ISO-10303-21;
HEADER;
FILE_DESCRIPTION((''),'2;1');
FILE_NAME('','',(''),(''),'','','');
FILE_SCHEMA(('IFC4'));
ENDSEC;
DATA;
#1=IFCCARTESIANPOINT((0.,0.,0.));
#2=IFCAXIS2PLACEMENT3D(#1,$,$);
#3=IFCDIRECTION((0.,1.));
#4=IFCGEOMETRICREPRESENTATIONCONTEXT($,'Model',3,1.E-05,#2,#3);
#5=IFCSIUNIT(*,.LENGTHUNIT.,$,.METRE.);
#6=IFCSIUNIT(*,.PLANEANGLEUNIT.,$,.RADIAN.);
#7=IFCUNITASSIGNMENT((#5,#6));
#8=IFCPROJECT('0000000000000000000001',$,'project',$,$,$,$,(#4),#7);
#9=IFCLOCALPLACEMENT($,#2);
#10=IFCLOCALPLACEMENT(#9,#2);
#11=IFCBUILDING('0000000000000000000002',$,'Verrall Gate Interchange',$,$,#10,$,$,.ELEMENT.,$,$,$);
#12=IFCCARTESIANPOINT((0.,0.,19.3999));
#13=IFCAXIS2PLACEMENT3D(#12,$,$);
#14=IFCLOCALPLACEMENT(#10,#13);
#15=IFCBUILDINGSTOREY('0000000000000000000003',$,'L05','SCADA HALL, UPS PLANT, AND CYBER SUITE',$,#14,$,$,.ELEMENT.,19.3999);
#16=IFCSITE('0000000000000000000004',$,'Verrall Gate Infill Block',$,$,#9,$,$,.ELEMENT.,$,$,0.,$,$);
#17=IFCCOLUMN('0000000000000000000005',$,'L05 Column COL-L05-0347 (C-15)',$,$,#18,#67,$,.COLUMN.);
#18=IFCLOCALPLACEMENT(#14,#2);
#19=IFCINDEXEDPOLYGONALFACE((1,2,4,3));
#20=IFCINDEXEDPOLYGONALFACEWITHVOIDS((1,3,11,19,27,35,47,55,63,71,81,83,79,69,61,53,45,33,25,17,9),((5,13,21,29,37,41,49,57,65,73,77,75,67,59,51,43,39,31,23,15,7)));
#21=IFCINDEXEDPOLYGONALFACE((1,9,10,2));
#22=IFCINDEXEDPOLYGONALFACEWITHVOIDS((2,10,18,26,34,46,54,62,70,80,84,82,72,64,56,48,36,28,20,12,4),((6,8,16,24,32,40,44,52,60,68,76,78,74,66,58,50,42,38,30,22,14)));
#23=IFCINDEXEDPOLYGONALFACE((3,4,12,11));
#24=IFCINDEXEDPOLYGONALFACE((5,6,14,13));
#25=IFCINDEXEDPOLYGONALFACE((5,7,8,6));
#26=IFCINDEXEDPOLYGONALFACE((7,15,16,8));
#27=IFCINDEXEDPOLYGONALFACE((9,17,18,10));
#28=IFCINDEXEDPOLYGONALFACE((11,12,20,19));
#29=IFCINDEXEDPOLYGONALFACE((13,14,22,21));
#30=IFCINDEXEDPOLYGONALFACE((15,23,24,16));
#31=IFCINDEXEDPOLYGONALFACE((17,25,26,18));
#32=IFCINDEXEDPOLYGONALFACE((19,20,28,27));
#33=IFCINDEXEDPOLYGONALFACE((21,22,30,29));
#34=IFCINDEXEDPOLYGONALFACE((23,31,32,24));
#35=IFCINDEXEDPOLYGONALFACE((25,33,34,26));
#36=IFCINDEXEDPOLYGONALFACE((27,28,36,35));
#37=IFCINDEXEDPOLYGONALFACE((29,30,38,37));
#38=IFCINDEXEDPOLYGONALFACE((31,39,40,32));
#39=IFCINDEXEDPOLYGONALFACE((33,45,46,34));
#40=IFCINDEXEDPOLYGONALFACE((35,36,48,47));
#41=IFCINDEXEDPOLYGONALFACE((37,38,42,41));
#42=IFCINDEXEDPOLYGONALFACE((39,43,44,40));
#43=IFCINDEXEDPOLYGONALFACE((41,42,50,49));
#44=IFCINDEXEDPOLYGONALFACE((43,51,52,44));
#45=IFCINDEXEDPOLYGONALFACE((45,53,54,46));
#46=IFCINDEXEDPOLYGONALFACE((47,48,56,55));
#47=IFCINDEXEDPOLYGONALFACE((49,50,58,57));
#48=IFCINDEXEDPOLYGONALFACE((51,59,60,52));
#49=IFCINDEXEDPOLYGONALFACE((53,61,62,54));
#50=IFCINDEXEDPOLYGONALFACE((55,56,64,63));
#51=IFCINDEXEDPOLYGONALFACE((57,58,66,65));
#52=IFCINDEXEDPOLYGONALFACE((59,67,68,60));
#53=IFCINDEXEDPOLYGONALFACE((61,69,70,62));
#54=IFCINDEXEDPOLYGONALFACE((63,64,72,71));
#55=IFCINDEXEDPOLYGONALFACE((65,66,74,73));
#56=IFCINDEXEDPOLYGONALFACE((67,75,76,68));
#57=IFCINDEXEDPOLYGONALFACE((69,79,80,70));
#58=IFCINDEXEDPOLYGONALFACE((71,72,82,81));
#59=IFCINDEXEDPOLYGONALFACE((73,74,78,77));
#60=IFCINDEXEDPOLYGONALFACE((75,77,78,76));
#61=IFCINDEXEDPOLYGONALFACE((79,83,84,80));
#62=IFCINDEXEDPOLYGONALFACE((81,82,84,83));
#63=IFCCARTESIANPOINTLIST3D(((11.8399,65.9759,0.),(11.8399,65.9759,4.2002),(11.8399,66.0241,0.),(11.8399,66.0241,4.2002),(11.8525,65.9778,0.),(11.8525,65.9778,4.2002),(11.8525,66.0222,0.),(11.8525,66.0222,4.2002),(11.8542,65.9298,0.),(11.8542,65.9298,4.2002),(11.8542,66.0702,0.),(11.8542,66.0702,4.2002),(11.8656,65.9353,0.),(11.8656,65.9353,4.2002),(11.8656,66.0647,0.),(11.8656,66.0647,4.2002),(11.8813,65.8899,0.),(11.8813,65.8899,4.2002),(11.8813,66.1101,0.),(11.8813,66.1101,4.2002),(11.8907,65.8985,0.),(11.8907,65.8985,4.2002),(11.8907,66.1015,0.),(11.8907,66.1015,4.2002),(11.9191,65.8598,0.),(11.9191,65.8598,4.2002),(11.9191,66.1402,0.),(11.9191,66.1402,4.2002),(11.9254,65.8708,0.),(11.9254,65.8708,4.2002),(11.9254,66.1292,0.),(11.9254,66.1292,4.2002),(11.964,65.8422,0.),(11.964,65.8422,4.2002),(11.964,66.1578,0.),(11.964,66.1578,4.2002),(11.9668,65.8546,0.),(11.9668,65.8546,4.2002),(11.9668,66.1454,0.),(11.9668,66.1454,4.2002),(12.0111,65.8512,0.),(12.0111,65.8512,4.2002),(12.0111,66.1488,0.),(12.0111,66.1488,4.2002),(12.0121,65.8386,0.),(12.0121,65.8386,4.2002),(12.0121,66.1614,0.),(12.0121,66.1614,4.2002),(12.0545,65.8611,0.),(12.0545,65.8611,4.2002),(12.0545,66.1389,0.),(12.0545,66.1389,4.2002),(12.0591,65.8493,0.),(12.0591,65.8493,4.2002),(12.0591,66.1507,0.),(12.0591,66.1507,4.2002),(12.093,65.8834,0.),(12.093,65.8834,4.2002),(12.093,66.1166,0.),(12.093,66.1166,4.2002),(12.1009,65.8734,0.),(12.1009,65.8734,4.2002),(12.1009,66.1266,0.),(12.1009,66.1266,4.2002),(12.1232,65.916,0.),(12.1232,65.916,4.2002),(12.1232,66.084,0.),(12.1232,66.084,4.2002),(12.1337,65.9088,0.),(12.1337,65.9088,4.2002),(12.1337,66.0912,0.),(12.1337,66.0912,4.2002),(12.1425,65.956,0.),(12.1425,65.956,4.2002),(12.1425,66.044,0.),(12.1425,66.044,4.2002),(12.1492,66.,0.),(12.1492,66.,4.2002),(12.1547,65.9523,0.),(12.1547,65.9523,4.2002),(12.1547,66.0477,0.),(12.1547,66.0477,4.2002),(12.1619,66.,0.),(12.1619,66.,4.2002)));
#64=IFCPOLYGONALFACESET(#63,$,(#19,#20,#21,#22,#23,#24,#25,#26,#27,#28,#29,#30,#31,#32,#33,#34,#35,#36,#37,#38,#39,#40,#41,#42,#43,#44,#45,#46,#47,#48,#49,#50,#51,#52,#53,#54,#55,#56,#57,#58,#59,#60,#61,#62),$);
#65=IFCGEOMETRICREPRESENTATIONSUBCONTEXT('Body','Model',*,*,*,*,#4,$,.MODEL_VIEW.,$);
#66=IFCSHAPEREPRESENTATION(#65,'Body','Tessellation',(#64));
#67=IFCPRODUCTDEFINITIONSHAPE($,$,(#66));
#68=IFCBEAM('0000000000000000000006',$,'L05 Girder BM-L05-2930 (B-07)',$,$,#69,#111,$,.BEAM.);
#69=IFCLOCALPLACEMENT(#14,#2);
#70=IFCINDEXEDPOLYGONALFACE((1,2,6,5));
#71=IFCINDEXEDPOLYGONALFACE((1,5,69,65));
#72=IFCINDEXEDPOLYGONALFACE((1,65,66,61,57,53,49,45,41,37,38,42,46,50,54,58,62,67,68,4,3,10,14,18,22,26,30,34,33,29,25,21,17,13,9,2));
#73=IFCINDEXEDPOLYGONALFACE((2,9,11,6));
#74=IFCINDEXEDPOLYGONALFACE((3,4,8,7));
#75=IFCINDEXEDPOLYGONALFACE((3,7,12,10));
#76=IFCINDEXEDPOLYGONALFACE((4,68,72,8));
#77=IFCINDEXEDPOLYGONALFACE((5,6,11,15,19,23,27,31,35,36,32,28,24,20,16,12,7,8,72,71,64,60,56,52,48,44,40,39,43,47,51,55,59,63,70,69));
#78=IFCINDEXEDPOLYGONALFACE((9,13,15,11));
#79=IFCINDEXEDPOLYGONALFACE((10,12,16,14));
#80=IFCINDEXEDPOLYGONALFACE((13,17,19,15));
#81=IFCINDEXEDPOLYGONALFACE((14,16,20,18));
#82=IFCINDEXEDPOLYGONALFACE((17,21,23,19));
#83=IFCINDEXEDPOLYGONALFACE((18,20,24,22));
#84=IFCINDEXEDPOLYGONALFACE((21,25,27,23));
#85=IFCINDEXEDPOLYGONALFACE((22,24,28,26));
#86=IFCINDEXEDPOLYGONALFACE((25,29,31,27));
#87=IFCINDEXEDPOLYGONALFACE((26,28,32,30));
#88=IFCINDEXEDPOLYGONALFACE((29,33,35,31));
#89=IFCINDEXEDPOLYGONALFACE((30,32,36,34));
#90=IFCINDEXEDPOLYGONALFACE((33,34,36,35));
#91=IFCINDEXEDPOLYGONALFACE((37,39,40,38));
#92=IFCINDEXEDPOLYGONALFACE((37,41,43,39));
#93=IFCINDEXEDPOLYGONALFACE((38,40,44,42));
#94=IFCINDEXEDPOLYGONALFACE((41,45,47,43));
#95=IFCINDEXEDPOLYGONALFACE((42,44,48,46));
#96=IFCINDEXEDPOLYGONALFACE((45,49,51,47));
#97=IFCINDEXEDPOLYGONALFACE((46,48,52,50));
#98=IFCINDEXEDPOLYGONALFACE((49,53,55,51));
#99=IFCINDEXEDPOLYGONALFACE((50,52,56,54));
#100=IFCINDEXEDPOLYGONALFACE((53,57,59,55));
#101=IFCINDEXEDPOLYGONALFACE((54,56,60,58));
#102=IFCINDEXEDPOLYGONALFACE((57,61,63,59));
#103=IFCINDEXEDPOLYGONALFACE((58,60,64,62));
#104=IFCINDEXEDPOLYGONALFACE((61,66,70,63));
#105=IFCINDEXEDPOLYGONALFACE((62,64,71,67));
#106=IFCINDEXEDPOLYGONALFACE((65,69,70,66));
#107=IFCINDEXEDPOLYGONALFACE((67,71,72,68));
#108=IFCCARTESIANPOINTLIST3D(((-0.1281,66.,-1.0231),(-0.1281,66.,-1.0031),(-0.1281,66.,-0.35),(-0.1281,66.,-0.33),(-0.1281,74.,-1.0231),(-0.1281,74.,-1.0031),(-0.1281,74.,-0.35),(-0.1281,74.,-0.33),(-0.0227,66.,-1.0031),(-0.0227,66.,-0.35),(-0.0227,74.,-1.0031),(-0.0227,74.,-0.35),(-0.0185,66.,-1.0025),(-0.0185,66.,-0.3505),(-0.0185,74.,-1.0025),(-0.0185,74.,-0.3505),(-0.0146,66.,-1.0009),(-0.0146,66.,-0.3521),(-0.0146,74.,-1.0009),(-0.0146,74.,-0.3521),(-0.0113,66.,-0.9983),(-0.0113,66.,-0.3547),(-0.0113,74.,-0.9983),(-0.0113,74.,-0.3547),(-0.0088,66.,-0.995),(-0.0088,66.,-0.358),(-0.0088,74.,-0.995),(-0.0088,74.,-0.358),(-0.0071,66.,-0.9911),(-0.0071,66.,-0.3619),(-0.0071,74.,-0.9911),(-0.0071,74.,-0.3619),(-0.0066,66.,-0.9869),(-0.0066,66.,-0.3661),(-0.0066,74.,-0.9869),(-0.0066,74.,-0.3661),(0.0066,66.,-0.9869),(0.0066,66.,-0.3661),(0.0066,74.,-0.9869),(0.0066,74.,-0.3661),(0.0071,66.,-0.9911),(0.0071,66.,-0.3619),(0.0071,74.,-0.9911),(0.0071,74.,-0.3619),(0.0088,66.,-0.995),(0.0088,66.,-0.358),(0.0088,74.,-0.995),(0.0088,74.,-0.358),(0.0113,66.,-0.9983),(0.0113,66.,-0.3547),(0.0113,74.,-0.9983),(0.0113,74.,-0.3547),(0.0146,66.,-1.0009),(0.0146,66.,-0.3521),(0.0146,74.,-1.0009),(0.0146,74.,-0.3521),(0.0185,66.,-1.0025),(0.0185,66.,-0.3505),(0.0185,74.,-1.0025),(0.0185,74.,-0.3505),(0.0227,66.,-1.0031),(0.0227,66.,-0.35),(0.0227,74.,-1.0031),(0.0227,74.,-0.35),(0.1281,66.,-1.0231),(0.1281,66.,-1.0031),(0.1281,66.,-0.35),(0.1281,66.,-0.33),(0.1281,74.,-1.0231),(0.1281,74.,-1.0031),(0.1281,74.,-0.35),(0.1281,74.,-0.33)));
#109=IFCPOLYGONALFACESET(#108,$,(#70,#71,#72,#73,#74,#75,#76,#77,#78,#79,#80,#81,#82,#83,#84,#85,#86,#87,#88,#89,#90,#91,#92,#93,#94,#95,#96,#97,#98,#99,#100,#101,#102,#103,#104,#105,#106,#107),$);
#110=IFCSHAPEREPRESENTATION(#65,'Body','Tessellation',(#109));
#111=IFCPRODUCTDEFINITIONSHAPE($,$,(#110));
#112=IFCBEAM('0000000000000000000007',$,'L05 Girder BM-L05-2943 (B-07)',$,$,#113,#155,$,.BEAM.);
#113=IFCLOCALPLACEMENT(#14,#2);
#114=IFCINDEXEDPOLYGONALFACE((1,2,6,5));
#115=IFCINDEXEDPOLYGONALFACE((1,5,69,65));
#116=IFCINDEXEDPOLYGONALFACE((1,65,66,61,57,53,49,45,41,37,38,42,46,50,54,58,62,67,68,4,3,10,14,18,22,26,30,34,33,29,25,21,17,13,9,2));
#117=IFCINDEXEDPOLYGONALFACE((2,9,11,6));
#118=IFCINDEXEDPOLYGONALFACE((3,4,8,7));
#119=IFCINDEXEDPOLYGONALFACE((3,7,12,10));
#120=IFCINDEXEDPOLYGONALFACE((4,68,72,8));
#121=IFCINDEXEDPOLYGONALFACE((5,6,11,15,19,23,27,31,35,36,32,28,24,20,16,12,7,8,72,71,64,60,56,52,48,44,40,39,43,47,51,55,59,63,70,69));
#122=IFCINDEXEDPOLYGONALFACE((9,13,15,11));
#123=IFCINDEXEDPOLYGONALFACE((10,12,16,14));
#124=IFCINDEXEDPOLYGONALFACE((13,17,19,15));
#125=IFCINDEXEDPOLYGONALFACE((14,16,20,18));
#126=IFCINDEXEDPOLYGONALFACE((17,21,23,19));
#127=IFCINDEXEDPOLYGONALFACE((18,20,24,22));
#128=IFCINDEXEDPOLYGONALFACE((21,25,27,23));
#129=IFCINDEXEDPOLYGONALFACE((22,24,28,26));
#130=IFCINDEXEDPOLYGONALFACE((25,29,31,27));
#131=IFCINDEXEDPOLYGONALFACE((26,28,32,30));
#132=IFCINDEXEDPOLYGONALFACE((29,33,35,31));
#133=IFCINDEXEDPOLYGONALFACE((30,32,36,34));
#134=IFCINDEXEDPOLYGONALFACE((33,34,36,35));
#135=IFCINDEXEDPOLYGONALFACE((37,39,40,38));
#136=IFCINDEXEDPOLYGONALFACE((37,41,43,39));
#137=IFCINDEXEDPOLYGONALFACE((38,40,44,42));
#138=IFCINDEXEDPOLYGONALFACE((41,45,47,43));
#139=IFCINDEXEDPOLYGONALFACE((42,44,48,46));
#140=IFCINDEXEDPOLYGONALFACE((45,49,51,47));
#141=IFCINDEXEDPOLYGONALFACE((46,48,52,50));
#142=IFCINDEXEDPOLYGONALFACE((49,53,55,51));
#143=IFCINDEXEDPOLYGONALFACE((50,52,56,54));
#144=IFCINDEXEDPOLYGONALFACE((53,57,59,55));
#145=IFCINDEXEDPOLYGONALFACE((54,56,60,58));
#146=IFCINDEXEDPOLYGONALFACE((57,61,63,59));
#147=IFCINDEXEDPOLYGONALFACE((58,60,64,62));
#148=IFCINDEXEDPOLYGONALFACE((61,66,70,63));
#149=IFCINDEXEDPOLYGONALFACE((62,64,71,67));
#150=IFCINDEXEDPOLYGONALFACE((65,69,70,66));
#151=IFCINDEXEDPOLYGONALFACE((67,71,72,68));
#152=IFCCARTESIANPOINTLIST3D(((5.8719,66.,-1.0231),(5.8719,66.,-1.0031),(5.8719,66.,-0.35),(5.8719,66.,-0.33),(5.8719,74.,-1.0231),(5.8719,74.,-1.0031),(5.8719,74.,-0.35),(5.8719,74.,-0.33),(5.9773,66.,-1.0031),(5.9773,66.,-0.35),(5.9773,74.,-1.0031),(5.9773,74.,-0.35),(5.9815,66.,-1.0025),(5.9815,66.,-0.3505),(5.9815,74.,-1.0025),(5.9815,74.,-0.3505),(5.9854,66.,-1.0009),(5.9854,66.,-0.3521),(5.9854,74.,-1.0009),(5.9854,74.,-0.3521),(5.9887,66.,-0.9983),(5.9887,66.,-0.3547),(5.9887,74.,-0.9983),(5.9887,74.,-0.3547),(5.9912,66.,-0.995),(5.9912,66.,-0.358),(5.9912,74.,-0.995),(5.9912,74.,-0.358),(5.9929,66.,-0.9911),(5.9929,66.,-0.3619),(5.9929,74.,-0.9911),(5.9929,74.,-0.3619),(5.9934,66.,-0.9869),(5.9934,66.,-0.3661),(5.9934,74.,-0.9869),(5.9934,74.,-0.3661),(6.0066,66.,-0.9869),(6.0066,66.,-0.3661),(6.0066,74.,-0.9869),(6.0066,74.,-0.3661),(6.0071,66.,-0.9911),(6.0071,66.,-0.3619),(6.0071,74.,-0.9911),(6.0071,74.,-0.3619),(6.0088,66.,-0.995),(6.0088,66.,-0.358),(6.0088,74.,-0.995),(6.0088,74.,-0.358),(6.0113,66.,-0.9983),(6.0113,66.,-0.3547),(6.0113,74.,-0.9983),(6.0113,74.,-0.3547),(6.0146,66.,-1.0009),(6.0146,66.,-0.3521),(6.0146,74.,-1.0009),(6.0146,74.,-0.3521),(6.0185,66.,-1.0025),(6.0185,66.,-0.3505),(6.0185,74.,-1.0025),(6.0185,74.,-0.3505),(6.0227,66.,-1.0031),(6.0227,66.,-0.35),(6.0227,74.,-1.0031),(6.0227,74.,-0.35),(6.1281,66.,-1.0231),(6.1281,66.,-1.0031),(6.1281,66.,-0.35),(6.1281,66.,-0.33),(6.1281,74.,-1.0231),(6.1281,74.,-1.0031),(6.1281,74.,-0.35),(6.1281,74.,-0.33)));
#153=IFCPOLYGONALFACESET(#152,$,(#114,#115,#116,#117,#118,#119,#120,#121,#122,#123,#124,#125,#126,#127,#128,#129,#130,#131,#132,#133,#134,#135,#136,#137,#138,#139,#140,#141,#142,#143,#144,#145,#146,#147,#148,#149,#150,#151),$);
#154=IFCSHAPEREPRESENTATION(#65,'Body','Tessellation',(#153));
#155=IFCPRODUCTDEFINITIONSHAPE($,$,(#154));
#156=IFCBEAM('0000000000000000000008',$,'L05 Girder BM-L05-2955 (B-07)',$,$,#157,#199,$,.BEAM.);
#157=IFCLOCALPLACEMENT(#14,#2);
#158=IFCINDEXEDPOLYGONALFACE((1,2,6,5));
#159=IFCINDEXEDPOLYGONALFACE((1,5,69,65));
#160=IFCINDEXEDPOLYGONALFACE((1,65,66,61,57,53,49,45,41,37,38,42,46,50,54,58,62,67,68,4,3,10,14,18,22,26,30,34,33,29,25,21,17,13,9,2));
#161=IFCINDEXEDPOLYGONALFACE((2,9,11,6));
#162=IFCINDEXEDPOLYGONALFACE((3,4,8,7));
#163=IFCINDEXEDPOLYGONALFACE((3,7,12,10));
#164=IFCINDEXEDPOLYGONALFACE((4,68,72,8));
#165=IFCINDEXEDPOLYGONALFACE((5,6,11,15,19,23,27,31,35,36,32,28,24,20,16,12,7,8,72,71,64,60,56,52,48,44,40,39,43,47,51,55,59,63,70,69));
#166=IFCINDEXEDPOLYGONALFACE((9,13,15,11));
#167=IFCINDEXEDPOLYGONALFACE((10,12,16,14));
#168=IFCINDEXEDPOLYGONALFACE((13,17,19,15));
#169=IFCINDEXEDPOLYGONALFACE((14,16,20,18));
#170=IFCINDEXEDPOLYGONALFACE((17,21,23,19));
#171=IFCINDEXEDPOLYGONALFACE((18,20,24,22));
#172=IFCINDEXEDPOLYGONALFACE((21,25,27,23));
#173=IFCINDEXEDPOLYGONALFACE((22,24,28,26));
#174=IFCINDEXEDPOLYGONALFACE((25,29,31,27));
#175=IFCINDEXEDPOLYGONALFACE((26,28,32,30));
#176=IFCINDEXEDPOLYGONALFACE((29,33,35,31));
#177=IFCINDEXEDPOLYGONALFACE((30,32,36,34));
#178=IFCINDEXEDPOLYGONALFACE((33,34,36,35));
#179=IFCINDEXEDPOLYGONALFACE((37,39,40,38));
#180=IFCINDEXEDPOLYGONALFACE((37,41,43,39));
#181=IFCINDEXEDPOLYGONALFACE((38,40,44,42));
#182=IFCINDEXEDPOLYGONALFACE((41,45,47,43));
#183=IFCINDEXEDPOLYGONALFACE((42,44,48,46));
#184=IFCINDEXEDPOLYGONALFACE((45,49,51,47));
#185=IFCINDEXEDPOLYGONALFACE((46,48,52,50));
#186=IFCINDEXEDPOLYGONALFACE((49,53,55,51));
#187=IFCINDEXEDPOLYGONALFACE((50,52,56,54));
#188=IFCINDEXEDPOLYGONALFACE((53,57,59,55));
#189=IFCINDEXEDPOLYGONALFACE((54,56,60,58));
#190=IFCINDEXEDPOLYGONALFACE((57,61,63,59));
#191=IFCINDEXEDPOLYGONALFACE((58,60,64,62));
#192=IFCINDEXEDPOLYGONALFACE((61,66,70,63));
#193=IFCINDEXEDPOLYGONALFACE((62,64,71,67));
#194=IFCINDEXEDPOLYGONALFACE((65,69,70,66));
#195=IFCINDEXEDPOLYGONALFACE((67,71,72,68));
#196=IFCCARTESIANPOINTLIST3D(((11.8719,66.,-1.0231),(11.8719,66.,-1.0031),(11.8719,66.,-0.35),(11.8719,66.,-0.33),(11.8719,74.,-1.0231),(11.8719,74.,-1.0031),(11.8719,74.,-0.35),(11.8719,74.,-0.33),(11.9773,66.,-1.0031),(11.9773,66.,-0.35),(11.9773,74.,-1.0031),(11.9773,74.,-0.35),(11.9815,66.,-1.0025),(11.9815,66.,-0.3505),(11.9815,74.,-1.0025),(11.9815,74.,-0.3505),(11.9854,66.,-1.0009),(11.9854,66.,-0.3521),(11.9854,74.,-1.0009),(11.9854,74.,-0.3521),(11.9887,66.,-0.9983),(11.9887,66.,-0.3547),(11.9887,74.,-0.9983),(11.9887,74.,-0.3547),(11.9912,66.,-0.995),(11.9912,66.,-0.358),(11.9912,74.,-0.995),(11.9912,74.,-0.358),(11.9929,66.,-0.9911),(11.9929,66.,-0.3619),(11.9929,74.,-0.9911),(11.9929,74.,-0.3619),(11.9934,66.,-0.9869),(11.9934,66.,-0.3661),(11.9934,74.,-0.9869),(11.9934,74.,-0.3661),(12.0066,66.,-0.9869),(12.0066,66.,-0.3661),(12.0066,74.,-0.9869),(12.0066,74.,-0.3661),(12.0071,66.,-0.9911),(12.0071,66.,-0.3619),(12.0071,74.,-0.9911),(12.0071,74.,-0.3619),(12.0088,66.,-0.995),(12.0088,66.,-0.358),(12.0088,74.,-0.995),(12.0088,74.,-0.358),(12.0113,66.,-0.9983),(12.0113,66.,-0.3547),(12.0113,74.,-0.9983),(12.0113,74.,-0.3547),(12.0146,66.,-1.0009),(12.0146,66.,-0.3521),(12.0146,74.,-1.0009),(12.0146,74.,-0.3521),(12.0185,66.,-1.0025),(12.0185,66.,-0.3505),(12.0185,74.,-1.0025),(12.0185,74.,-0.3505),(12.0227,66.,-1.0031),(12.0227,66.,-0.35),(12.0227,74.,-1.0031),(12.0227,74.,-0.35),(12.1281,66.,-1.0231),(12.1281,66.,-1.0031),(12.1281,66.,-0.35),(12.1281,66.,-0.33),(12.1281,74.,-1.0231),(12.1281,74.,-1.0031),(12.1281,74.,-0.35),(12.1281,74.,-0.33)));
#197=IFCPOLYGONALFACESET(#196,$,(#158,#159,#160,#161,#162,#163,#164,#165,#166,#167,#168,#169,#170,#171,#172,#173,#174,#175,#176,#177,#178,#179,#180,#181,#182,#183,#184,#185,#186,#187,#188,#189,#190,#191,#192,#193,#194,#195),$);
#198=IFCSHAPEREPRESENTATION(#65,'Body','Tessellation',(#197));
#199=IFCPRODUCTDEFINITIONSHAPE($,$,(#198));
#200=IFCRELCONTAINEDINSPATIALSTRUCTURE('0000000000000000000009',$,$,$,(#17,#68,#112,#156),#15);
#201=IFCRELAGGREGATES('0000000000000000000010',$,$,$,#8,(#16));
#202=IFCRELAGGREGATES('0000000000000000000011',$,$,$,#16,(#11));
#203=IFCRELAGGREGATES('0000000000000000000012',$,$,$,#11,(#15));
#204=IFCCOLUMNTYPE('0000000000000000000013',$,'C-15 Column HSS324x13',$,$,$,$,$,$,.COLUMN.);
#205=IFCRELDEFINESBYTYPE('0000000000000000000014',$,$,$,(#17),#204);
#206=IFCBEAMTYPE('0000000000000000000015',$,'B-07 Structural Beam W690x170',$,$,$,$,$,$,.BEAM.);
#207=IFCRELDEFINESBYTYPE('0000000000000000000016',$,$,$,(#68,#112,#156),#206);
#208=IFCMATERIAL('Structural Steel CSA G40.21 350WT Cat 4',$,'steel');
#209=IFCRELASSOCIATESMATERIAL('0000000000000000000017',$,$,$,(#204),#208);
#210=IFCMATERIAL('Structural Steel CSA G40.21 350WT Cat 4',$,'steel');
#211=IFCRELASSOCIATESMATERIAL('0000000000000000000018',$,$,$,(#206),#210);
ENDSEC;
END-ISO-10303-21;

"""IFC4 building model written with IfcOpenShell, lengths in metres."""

from ifc_helpers import new_model, si_unit, direction, frame, origin, origin_2d, place, context, subcontext, project, spatial, hollow_circle, i_section, extrude, material, material_profile, profile_set, type_object, element, save


model = new_model("IFC4")

# Units and contexts
model_context = context("Model", 3, precision=1e-05, world=origin(), true_north=direction((0.0, 1.0)))
body_context = subcontext(model_context, "Body", "Model", "MODEL_VIEW")
ifc_project = project(units=[si_unit("LENGTHUNIT", "METRE"), si_unit("PLANEANGLEUNIT", "RADIAN")], contexts=[model_context])

# Site, building, storey
site_placement = place(None, origin())
site = spatial("IfcSite", under=ifc_project, at=site_placement, Name="Verrall Gate Infill Block", CompositionType="ELEMENT", RefElevation=0.0)
building_placement = place(site_placement, origin())
building = spatial("IfcBuilding", under=site, at=building_placement, Name="Verrall Gate Interchange", CompositionType="ELEMENT")
storey_placement = place(building_placement, frame((0.0, 0.0, 19.3999)))
storey = spatial("IfcBuildingStorey", under=building, at=storey_placement, Name="L05", Description="SCADA HALL, UPS PLANT, AND CYBER SUITE", CompositionType="ELEMENT", Elevation=19.3999)

# Column
ifc_material_1 = material(Name="Structural Steel CSA G40.21 350WT Cat 4", Category="steel")
ifc_material_profile_1 = material_profile(ifc_material_1, hollow_circle(Radius=0.1619, WallThickness=0.0127, at=origin_2d()), Name="HSS324x13")
ifc_profile_set_1 = profile_set([ifc_material_profile_1], Name="Structural Steel CSA G40.21 350WT Cat 4")
column_type_1 = type_object("IfcColumnType", Name="C-15 Column HSS324x13", PredefinedType="COLUMN", material=ifc_profile_set_1)
for number, where, z_axis, x_axis, name in (
    (1, (12.0, 66.0, 0.0), (0.0, 0.0, 1.0), (1.0, 0.0, 0.0), "L05 Column COL-L05-0347 (C-15)"),
):
    element("IfcColumn", number, at=place(storey_placement, frame(where, z_axis=z_axis, x_axis=x_axis)), inside=storey, type_object=column_type_1, Name=name, PredefinedType="COLUMN", context=body_context, shape_type="SweptSolid", body=[
        extrude(hollow_circle(Radius=0.1619, WallThickness=0.0127, at=origin_2d()), origin(), (0.0, 0.0, 1.0), 4.2002),
    ])

# Beams
ifc_material_2 = material(Name="Structural Steel CSA G40.21 350WT Cat 4", Category="steel")
ifc_material_profile_2 = material_profile(ifc_material_2, i_section(OverallWidth=0.2561, OverallDepth=0.6931, WebThickness=0.0132, FlangeThickness=0.02, FilletRadius=0.0161, at=origin_2d()), Name="W690x170")
ifc_profile_set_2 = profile_set([ifc_material_profile_2], Name="Structural Steel CSA G40.21 350WT Cat 4")
beam_type_1 = type_object("IfcBeamType", Name="B-07 Structural Beam W690x170", PredefinedType="BEAM", material=ifc_profile_set_2)
for number, where, z_axis, x_axis, name in (
    (2, (0.0, 66.0, -0.6765), (0.0, 1.0, 0.0), (-1.0, 0.0, 0.0), "L05 Girder BM-L05-2930 (B-07)"),
    (3, (6.0, 66.0, -0.6765), (0.0, 1.0, 0.0), (-1.0, 0.0, 0.0), "L05 Girder BM-L05-2943 (B-07)"),
    (4, (12.0, 66.0, -0.6765), (0.0, 1.0, 0.0), (-1.0, 0.0, 0.0), "L05 Girder BM-L05-2955 (B-07)"),
):
    element("IfcBeam", number, at=place(storey_placement, frame(where, z_axis=z_axis, x_axis=x_axis)), inside=storey, type_object=beam_type_1, Name=name, PredefinedType="BEAM", context=body_context, shape_type="SweptSolid", body=[
        extrude(i_section(OverallWidth=0.2561, OverallDepth=0.6931, WebThickness=0.0132, FlangeThickness=0.02, FilletRadius=0.0161, at=origin_2d()), origin(), (0.0, 0.0, 1.0), 8.0),
    ])

save(model, "model.ifc")
